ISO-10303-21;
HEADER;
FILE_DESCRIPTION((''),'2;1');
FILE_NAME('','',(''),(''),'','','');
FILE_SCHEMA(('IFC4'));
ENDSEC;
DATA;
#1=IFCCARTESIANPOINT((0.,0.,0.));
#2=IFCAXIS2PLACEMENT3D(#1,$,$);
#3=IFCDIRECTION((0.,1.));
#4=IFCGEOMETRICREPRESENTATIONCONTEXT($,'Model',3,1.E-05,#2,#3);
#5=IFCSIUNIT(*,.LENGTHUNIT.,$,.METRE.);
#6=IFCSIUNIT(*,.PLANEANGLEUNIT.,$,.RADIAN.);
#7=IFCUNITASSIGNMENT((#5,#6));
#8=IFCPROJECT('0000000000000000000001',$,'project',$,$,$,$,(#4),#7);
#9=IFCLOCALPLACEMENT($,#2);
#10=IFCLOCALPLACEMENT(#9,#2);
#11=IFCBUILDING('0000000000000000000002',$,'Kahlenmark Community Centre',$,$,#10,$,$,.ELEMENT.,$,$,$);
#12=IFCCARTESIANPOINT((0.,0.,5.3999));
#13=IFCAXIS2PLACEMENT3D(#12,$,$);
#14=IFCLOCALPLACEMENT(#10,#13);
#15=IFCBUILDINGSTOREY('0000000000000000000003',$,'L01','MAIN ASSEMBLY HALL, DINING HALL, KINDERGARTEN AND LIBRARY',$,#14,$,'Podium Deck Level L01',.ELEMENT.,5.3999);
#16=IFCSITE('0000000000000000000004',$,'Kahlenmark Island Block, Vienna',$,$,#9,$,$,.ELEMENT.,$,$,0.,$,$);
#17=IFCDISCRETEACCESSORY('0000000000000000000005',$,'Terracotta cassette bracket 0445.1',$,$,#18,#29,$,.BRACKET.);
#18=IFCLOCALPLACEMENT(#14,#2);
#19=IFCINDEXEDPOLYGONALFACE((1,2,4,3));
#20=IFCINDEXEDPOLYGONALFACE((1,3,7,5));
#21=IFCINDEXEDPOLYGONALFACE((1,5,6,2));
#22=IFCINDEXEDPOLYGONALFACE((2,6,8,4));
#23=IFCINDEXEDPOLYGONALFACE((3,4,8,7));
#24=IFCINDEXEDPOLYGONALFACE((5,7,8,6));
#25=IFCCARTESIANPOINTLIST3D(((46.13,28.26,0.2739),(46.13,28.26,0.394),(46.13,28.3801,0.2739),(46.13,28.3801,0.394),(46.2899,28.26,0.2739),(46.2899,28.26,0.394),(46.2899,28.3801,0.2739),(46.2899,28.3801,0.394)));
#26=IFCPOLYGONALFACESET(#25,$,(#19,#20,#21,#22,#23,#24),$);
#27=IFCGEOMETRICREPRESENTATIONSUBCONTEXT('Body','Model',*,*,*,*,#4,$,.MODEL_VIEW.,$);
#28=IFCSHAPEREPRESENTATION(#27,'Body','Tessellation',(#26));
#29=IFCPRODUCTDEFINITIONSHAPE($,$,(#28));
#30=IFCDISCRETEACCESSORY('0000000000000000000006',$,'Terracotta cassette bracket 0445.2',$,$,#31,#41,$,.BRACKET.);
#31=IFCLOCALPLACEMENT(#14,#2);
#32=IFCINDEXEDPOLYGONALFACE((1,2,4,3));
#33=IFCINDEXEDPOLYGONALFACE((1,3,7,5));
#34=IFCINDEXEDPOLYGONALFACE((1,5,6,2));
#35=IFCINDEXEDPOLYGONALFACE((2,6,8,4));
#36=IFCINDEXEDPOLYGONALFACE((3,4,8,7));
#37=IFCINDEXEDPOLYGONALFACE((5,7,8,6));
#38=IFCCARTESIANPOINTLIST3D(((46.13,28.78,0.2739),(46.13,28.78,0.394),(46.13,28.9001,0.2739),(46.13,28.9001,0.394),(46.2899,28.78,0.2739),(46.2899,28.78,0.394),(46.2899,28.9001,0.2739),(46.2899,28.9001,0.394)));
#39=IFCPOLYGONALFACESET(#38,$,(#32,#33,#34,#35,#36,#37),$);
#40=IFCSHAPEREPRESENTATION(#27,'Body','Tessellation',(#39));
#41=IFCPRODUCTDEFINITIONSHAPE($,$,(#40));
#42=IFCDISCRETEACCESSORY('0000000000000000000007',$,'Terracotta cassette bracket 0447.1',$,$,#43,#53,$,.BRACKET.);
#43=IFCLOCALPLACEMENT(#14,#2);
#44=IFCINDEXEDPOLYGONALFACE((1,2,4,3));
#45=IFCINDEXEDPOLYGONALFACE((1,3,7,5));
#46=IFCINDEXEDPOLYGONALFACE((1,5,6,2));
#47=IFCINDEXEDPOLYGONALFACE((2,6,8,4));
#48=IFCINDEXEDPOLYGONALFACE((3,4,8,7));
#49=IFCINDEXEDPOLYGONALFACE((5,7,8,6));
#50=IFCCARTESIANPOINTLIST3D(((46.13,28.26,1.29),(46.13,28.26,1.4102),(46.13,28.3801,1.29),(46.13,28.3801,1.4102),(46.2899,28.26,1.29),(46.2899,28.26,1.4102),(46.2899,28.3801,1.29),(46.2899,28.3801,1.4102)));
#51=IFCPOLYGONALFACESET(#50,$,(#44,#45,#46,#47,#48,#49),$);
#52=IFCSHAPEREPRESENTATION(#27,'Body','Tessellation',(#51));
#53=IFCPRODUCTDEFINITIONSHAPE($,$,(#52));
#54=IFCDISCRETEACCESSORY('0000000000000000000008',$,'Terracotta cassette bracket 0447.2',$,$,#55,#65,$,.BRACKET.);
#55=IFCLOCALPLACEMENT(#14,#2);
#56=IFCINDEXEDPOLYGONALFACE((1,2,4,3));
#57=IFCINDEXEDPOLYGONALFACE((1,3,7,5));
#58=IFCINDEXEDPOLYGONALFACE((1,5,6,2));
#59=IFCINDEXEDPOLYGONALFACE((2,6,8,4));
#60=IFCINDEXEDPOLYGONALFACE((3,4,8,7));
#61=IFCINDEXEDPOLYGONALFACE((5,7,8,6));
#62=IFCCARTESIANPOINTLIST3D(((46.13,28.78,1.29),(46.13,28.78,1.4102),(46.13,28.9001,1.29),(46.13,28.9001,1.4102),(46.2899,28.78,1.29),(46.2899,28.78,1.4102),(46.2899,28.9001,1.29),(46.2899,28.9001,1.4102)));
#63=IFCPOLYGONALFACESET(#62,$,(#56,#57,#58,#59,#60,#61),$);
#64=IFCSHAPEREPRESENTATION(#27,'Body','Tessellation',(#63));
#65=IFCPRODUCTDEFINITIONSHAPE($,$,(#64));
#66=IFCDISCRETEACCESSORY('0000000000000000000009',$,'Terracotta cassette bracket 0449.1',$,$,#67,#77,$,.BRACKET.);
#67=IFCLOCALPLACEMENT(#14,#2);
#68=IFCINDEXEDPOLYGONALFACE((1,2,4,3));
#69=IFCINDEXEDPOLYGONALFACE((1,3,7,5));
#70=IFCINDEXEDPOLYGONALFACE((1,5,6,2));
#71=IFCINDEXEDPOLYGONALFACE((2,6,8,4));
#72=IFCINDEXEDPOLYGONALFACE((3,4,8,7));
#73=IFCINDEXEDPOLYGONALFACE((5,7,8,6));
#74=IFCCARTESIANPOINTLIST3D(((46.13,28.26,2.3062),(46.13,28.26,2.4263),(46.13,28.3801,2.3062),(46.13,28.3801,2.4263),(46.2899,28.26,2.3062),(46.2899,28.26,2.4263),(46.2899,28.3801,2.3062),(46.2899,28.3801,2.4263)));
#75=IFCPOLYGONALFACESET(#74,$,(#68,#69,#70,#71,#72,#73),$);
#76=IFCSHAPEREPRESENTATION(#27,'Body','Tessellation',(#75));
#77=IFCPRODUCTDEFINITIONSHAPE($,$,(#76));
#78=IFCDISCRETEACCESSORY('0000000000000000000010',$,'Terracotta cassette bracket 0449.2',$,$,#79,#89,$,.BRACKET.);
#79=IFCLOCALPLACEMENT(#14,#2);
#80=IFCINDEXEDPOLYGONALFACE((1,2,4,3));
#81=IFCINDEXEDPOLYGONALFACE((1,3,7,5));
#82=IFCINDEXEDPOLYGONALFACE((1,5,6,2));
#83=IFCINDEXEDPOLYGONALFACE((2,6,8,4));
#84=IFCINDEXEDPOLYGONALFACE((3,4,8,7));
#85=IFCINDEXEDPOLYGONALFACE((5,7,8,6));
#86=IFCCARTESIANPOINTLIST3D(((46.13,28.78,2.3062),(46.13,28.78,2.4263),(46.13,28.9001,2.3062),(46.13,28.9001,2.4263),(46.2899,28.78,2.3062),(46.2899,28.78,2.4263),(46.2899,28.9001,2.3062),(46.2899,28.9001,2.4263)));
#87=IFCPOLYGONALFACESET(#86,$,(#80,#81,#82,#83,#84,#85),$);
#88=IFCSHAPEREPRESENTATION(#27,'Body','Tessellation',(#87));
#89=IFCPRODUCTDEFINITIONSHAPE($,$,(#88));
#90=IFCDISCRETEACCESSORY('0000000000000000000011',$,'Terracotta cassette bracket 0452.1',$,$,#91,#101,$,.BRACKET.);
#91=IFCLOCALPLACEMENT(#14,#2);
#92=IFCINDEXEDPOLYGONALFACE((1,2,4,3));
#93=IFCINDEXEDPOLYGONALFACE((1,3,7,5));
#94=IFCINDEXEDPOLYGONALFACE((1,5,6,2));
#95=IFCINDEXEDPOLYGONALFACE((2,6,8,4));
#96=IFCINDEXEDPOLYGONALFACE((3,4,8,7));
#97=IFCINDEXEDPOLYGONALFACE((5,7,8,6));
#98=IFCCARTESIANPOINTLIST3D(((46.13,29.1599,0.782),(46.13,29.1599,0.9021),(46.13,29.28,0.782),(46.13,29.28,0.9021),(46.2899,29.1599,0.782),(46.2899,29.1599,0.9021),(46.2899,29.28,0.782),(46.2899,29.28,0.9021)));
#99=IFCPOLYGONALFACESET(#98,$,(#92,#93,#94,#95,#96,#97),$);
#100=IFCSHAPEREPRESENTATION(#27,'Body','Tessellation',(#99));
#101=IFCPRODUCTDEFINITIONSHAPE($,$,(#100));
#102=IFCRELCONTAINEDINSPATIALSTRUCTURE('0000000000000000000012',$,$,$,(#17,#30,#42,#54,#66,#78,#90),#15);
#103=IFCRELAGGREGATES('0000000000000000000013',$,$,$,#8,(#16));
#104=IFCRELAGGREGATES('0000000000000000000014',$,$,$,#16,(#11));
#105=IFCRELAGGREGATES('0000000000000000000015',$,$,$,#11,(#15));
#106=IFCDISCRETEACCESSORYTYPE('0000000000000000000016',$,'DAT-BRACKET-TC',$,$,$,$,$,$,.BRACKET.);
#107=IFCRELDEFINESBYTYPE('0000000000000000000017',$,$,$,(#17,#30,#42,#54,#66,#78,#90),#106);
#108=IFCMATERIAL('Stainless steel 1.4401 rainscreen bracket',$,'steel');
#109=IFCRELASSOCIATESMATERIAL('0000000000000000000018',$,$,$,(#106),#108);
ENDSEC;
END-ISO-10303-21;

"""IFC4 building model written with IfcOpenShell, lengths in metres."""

from ifc_helpers import new_model, si_unit, direction, frame, origin, origin_2d, place, context, subcontext, project, spatial, rectangle, extrude, material, type_object, element, save


model = new_model("IFC4")

# Units and contexts
model_context = context("Model", 3, precision=1e-05, world=origin(), true_north=direction((0.0, 1.0)))
body_context = subcontext(model_context, "Body", "Model", "MODEL_VIEW")
ifc_project = project(units=[si_unit("LENGTHUNIT", "METRE"), si_unit("PLANEANGLEUNIT", "RADIAN")], contexts=[model_context])

# Site, building, storey
site_placement = place(None, origin())
site = spatial("IfcSite", under=ifc_project, at=site_placement, Name="Kahlenmark Island Block, Vienna", CompositionType="ELEMENT", RefElevation=0.0)
building_placement = place(site_placement, origin())
building = spatial("IfcBuilding", under=site, at=building_placement, Name="Kahlenmark Community Centre", CompositionType="ELEMENT")
storey_placement = place(building_placement, frame((0.0, 0.0, 5.3999)))
storey = spatial("IfcBuildingStorey", under=building, at=storey_placement, Name="L01", Description="MAIN ASSEMBLY HALL, DINING HALL, KINDERGARTEN AND LIBRARY", LongName="Podium Deck Level L01", CompositionType="ELEMENT", Elevation=5.3999)

# Discrete accessories
ifc_material_1 = material(Name="Stainless steel 1.4401 rainscreen bracket", Category="steel")
discrete_accessory_type = type_object("IfcDiscreteAccessoryType", Name="DAT-BRACKET-TC", PredefinedType="BRACKET", material=ifc_material_1)
for number, where, z_axis, x_axis, name in (
    (1, (46.21, 28.3201, 0.2739), (0.0, 0.0, 1.0), (0.0, 1.0, 0.0), "Terracotta cassette bracket 0445.1"),
    (2, (46.21, 28.8401, 0.2739), (0.0, 0.0, 1.0), (0.0, 1.0, 0.0), "Terracotta cassette bracket 0445.2"),
    (3, (46.21, 28.3201, 1.29), (0.0, 0.0, 1.0), (0.0, 1.0, 0.0), "Terracotta cassette bracket 0447.1"),
    (4, (46.21, 28.8401, 1.29), (0.0, 0.0, 1.0), (0.0, 1.0, 0.0), "Terracotta cassette bracket 0447.2"),
    (5, (46.21, 28.3201, 2.3062), (0.0, 0.0, 1.0), (0.0, 1.0, 0.0), "Terracotta cassette bracket 0449.1"),
    (6, (46.21, 28.8401, 2.3062), (0.0, 0.0, 1.0), (0.0, 1.0, 0.0), "Terracotta cassette bracket 0449.2"),
    (7, (46.21, 29.22, 0.782), (0.0, 0.0, 1.0), (0.0, 1.0, 0.0), "Terracotta cassette bracket 0452.1"),
):
    element("IfcDiscreteAccessory", number, at=place(storey_placement, frame(where, z_axis=z_axis, x_axis=x_axis)), inside=storey, type_object=discrete_accessory_type, Name=name, PredefinedType="BRACKET", context=body_context, shape_type="SweptSolid", body=[
        extrude(rectangle(XDim=0.1201, YDim=0.1599, at=origin_2d()), origin(), (0.0, 0.0, 1.0), 0.1201),
    ])

save(model, "model.ifc")
